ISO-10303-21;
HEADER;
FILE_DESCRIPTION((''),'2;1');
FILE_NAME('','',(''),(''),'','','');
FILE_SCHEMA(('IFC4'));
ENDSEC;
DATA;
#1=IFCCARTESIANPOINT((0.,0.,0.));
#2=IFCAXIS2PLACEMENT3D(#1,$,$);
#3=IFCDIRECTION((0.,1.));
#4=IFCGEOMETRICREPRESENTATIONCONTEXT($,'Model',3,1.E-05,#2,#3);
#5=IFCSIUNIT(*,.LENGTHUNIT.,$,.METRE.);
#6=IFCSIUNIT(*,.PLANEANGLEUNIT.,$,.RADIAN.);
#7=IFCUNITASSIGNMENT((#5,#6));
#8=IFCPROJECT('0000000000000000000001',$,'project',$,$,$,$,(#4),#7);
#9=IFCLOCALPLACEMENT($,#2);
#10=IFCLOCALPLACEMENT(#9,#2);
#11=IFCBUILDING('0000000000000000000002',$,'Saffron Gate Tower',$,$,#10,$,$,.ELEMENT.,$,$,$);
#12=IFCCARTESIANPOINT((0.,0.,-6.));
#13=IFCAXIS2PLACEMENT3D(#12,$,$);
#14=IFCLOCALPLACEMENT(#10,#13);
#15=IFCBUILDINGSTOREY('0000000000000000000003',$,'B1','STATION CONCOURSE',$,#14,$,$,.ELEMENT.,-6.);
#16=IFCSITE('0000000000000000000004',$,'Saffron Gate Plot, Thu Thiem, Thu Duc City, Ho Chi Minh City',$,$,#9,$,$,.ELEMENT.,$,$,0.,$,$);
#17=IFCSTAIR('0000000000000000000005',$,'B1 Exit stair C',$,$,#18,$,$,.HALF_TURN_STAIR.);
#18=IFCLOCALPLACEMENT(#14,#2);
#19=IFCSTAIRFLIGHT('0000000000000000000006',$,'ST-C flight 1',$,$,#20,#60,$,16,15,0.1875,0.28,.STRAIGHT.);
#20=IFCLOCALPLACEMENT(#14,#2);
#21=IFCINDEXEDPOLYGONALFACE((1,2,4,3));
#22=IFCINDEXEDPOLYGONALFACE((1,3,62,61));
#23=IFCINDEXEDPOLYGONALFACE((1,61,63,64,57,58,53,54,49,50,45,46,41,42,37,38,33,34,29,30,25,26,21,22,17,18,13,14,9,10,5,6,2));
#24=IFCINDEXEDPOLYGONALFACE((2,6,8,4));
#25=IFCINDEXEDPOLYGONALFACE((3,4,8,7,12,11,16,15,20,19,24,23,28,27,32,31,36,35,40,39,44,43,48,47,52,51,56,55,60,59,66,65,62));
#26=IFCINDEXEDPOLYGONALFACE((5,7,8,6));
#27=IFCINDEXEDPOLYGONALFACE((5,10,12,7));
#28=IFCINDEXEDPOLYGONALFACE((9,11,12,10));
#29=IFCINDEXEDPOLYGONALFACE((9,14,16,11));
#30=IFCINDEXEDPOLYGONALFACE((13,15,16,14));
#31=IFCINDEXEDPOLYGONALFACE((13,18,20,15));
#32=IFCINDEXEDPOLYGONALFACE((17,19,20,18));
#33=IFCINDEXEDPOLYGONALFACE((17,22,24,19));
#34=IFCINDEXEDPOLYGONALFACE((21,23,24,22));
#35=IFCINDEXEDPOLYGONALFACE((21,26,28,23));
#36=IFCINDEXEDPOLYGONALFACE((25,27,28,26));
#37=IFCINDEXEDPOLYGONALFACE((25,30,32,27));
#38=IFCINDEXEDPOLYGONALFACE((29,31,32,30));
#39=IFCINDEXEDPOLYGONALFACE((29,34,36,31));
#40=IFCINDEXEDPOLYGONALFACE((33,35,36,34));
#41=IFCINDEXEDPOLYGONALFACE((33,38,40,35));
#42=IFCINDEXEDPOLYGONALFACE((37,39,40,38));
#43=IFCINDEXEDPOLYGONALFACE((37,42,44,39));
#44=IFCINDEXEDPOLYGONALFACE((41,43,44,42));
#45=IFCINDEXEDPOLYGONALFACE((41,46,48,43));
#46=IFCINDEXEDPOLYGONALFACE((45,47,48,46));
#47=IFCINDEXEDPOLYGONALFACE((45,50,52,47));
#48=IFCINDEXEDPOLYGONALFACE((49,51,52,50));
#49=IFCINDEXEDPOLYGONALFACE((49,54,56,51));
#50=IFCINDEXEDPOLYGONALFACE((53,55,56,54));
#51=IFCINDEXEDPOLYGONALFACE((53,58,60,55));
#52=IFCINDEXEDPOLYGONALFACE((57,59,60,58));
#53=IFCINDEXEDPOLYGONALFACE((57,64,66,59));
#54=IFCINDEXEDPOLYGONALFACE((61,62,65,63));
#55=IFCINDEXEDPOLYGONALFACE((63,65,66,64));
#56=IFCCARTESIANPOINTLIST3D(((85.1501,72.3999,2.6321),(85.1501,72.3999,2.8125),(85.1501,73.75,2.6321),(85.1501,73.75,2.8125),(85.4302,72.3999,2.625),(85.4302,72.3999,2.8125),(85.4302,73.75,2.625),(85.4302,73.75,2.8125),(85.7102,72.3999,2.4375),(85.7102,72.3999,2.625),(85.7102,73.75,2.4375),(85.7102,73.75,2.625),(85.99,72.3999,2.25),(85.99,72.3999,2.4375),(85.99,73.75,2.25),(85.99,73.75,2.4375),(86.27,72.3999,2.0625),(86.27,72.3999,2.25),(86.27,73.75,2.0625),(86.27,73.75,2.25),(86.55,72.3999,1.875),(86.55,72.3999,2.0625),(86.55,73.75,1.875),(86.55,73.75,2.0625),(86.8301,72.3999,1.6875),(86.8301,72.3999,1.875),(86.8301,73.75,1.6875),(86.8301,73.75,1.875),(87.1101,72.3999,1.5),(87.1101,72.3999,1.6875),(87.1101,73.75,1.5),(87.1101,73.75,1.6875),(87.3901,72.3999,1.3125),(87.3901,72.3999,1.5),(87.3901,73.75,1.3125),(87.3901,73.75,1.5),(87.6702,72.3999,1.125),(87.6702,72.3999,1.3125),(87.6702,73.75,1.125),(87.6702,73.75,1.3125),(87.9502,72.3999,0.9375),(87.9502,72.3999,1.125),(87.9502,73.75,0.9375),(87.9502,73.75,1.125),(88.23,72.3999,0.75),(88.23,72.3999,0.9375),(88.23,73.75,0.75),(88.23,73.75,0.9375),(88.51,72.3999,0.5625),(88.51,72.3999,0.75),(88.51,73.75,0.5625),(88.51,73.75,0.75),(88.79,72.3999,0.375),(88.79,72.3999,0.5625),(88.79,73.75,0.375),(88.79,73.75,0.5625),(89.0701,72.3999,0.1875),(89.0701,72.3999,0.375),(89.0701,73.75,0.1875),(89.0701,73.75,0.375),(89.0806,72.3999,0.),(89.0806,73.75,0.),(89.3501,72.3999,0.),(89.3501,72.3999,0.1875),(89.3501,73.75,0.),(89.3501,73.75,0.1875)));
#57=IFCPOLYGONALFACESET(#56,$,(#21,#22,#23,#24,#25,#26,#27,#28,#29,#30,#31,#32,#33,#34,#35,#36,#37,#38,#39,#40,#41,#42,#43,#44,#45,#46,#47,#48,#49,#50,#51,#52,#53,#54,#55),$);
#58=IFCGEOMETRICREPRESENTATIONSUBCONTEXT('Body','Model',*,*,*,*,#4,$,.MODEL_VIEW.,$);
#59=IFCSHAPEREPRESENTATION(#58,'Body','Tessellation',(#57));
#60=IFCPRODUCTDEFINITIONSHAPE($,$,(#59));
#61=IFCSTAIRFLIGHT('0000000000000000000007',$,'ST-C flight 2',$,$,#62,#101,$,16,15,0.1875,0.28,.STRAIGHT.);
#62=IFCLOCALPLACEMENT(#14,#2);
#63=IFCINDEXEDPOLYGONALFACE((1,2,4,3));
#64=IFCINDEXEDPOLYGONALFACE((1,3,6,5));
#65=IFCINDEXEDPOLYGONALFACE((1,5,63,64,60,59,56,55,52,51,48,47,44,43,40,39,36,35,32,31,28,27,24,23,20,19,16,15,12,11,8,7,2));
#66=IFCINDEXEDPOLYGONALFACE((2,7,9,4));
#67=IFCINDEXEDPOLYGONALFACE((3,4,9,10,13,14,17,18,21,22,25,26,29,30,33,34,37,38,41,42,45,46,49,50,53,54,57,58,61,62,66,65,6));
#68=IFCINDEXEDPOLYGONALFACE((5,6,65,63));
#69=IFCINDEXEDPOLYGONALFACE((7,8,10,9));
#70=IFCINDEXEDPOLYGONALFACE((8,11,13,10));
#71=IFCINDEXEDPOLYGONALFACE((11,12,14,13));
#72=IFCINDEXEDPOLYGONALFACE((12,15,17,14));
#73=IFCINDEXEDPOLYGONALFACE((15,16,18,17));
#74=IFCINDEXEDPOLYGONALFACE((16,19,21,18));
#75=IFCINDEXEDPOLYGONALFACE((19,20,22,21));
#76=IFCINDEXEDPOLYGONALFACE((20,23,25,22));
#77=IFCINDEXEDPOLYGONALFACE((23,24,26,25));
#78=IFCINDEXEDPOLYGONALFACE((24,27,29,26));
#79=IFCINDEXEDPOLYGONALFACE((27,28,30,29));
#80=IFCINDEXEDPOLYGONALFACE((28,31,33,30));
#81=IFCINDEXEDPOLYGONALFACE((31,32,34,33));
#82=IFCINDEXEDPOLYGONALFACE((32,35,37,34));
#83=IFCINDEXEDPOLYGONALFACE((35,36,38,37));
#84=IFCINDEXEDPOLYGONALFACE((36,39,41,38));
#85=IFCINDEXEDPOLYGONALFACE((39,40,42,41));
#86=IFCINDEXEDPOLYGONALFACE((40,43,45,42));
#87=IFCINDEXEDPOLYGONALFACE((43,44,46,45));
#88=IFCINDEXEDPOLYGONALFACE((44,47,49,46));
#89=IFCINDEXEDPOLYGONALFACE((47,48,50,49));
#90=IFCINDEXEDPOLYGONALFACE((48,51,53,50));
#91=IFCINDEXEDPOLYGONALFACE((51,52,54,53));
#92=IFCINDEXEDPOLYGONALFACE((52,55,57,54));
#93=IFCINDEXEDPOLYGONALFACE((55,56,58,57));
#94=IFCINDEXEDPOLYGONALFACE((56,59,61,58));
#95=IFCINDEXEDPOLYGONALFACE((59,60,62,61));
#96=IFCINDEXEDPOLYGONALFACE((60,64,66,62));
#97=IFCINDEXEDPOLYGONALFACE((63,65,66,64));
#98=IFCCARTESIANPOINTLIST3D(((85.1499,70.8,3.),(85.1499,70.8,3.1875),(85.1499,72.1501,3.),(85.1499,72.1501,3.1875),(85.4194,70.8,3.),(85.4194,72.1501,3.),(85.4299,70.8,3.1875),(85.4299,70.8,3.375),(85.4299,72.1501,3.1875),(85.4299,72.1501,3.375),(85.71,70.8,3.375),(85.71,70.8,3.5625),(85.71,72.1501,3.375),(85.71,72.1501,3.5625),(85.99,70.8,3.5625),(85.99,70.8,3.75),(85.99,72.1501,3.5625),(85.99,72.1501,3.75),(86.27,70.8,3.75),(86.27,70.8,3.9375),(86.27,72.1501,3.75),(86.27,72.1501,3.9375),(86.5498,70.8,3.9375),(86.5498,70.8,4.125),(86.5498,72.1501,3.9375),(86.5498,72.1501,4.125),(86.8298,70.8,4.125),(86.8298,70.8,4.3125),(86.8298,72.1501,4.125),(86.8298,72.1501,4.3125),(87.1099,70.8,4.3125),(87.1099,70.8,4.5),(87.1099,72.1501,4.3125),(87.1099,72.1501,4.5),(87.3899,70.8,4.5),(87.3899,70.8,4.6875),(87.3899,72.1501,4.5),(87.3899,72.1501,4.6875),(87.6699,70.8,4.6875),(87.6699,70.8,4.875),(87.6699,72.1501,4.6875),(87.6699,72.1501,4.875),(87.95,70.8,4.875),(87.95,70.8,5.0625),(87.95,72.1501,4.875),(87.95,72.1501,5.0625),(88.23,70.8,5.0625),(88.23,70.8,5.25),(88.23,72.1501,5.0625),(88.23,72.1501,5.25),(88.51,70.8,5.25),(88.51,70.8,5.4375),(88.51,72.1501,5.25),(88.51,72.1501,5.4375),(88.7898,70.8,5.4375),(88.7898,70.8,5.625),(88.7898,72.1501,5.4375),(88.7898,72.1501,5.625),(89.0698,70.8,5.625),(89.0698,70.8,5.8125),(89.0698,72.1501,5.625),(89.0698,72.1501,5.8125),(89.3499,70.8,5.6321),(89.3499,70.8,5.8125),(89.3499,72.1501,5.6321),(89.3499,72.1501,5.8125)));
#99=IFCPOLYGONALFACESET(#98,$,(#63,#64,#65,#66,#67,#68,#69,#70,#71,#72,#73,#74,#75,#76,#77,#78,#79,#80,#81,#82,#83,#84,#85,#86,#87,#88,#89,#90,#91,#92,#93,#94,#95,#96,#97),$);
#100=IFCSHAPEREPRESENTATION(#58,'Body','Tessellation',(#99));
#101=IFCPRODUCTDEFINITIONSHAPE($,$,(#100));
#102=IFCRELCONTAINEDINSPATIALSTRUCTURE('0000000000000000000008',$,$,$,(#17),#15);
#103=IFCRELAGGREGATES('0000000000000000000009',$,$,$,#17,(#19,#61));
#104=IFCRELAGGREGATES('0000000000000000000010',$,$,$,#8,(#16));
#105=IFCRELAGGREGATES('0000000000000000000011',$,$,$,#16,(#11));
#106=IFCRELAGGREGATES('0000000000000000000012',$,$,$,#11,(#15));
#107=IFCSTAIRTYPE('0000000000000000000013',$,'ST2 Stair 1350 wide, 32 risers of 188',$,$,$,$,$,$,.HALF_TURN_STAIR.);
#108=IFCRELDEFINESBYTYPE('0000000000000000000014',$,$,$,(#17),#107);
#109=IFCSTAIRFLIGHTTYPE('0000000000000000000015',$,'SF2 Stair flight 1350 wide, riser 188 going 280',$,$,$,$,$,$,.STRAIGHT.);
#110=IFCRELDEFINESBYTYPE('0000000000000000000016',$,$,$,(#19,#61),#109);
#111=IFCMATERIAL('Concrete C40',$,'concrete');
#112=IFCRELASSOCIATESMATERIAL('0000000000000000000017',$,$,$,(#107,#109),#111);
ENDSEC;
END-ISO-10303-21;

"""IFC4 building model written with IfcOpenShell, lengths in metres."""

from ifc_helpers import new_model, si_unit, direction, frame, origin, place, context, subcontext, project, spatial, polyline, outline, extrude, material, type_object, element, aggregate, save


model = new_model("IFC4")

# Units and contexts
model_context = context("Model", 3, precision=1e-05, world=origin(), true_north=direction((0.0, 1.0)))
body_context = subcontext(model_context, "Body", "Model", "MODEL_VIEW")
ifc_project = project(units=[si_unit("LENGTHUNIT", "METRE"), si_unit("PLANEANGLEUNIT", "RADIAN")], contexts=[model_context])

# Site, building, storey
site_placement = place(None, origin())
site = spatial("IfcSite", under=ifc_project, at=site_placement, Name="Saffron Gate Plot, Thu Thiem, Thu Duc City, Ho Chi Minh City", CompositionType="ELEMENT", RefElevation=0.0)
building_placement = place(site_placement, origin())
building = spatial("IfcBuilding", under=site, at=building_placement, Name="Saffron Gate Tower", CompositionType="ELEMENT")
storey_placement = place(building_placement, frame((0.0, 0.0, -6.0)))
storey = spatial("IfcBuildingStorey", under=building, at=storey_placement, Name="B1", Description="STATION CONCOURSE", CompositionType="ELEMENT", Elevation=-6.0)

# Shared definitions
ifc_material_1 = material(Name="Concrete C40", Category="concrete")

# Stair, stair flights
stair_type = type_object("IfcStairType", Name="ST2 Stair 1350 wide, 32 risers of 188", PredefinedType="HALF_TURN_STAIR", material=ifc_material_1)
stair_placement = place(storey_placement, origin())
stair = element("IfcStair", 1, at=stair_placement, inside=storey, type_object=stair_type, Name="B1 Exit stair C", PredefinedType="HALF_TURN_STAIR")
stair_flight_type = type_object("IfcStairFlightType", Name="SF2 Stair flight 1350 wide, riser 188 going 280", PredefinedType="STRAIGHT", material=ifc_material_1)
stair_flight_1_placement = place(storey_placement, frame((89.3501, 73.075, 0.0), z_axis=(0.0, 0.0, 1.0), x_axis=(-1.0, 0.0, 0.0)))
stair_flight_1 = element("IfcStairFlight", 2, at=stair_flight_1_placement, type_object=stair_flight_type, Name="ST-C flight 1", NumberOfRisers=16, NumberOfTreads=15, PredefinedType="STRAIGHT", RiserHeight=0.1875, TreadLength=0.28, context=body_context, shape_type="SweptSolid", body=[
    extrude(outline(polyline([(0.0, 0.0), (0.0, 0.1875), (0.28, 0.1875), (0.28, 0.375), (0.5601, 0.375), (0.5601, 0.5625), (0.8401, 0.5625), (0.8401, 0.75), (1.1201, 0.75), (1.1201, 0.9375), (1.3999, 0.9375), (1.3999, 1.125), (1.6799, 1.125), (1.6799, 1.3125), (1.96, 1.3125), (1.96, 1.5), (2.24, 1.5), (2.24, 1.6875), (2.52, 1.6875), (2.52, 1.875), (2.8, 1.875), (2.8, 2.0625), (3.0801, 2.0625), (3.0801, 2.25), (3.3601, 2.25), (3.3601, 2.4375), (3.6399, 2.4375), (3.6399, 2.625), (3.9199, 2.625), (3.9199, 2.8125), (4.2, 2.8125), (4.2, 3.0), (4.2, 2.6321), (0.2695, 0.0), (0.0, 0.0)])), frame((0.0, 0.675, 0.0), z_axis=(0.0, -1.0, 0.0), x_axis=(1.0, 0.0, 0.0)), (0.0, 0.0, 1.0), 1.3501),
])
stair_flight_2_placement = place(storey_placement, frame((85.1499, 71.4751, 3.0), z_axis=(0.0, 0.0, 1.0), x_axis=(1.0, 0.0, 0.0)))
stair_flight_2 = element("IfcStairFlight", 3, at=stair_flight_2_placement, type_object=stair_flight_type, Name="ST-C flight 2", NumberOfRisers=16, NumberOfTreads=15, PredefinedType="STRAIGHT", RiserHeight=0.1875, TreadLength=0.28, context=body_context, shape_type="SweptSolid", body=[
    extrude(outline(polyline([(0.0, 0.0), (0.0, 0.1875), (0.28, 0.1875), (0.28, 0.375), (0.5601, 0.375), (0.5601, 0.5625), (0.8401, 0.5625), (0.8401, 0.75), (1.1201, 0.75), (1.1201, 0.9375), (1.3999, 0.9375), (1.3999, 1.125), (1.6799, 1.125), (1.6799, 1.3125), (1.96, 1.3125), (1.96, 1.5), (2.24, 1.5), (2.24, 1.6875), (2.52, 1.6875), (2.52, 1.875), (2.8, 1.875), (2.8, 2.0625), (3.0801, 2.0625), (3.0801, 2.25), (3.3601, 2.25), (3.3601, 2.4375), (3.6399, 2.4375), (3.6399, 2.625), (3.9199, 2.625), (3.9199, 2.8125), (4.2, 2.8125), (4.2, 3.0), (4.2, 2.6321), (0.2695, 0.0), (0.0, 0.0)])), frame((0.0, 0.675, 0.0), z_axis=(0.0, -1.0, 0.0), x_axis=(1.0, 0.0, 0.0)), (0.0, 0.0, 1.0), 1.3501),
])
aggregate(stair, [stair_flight_1, stair_flight_2])

save(model, "model.ifc")
